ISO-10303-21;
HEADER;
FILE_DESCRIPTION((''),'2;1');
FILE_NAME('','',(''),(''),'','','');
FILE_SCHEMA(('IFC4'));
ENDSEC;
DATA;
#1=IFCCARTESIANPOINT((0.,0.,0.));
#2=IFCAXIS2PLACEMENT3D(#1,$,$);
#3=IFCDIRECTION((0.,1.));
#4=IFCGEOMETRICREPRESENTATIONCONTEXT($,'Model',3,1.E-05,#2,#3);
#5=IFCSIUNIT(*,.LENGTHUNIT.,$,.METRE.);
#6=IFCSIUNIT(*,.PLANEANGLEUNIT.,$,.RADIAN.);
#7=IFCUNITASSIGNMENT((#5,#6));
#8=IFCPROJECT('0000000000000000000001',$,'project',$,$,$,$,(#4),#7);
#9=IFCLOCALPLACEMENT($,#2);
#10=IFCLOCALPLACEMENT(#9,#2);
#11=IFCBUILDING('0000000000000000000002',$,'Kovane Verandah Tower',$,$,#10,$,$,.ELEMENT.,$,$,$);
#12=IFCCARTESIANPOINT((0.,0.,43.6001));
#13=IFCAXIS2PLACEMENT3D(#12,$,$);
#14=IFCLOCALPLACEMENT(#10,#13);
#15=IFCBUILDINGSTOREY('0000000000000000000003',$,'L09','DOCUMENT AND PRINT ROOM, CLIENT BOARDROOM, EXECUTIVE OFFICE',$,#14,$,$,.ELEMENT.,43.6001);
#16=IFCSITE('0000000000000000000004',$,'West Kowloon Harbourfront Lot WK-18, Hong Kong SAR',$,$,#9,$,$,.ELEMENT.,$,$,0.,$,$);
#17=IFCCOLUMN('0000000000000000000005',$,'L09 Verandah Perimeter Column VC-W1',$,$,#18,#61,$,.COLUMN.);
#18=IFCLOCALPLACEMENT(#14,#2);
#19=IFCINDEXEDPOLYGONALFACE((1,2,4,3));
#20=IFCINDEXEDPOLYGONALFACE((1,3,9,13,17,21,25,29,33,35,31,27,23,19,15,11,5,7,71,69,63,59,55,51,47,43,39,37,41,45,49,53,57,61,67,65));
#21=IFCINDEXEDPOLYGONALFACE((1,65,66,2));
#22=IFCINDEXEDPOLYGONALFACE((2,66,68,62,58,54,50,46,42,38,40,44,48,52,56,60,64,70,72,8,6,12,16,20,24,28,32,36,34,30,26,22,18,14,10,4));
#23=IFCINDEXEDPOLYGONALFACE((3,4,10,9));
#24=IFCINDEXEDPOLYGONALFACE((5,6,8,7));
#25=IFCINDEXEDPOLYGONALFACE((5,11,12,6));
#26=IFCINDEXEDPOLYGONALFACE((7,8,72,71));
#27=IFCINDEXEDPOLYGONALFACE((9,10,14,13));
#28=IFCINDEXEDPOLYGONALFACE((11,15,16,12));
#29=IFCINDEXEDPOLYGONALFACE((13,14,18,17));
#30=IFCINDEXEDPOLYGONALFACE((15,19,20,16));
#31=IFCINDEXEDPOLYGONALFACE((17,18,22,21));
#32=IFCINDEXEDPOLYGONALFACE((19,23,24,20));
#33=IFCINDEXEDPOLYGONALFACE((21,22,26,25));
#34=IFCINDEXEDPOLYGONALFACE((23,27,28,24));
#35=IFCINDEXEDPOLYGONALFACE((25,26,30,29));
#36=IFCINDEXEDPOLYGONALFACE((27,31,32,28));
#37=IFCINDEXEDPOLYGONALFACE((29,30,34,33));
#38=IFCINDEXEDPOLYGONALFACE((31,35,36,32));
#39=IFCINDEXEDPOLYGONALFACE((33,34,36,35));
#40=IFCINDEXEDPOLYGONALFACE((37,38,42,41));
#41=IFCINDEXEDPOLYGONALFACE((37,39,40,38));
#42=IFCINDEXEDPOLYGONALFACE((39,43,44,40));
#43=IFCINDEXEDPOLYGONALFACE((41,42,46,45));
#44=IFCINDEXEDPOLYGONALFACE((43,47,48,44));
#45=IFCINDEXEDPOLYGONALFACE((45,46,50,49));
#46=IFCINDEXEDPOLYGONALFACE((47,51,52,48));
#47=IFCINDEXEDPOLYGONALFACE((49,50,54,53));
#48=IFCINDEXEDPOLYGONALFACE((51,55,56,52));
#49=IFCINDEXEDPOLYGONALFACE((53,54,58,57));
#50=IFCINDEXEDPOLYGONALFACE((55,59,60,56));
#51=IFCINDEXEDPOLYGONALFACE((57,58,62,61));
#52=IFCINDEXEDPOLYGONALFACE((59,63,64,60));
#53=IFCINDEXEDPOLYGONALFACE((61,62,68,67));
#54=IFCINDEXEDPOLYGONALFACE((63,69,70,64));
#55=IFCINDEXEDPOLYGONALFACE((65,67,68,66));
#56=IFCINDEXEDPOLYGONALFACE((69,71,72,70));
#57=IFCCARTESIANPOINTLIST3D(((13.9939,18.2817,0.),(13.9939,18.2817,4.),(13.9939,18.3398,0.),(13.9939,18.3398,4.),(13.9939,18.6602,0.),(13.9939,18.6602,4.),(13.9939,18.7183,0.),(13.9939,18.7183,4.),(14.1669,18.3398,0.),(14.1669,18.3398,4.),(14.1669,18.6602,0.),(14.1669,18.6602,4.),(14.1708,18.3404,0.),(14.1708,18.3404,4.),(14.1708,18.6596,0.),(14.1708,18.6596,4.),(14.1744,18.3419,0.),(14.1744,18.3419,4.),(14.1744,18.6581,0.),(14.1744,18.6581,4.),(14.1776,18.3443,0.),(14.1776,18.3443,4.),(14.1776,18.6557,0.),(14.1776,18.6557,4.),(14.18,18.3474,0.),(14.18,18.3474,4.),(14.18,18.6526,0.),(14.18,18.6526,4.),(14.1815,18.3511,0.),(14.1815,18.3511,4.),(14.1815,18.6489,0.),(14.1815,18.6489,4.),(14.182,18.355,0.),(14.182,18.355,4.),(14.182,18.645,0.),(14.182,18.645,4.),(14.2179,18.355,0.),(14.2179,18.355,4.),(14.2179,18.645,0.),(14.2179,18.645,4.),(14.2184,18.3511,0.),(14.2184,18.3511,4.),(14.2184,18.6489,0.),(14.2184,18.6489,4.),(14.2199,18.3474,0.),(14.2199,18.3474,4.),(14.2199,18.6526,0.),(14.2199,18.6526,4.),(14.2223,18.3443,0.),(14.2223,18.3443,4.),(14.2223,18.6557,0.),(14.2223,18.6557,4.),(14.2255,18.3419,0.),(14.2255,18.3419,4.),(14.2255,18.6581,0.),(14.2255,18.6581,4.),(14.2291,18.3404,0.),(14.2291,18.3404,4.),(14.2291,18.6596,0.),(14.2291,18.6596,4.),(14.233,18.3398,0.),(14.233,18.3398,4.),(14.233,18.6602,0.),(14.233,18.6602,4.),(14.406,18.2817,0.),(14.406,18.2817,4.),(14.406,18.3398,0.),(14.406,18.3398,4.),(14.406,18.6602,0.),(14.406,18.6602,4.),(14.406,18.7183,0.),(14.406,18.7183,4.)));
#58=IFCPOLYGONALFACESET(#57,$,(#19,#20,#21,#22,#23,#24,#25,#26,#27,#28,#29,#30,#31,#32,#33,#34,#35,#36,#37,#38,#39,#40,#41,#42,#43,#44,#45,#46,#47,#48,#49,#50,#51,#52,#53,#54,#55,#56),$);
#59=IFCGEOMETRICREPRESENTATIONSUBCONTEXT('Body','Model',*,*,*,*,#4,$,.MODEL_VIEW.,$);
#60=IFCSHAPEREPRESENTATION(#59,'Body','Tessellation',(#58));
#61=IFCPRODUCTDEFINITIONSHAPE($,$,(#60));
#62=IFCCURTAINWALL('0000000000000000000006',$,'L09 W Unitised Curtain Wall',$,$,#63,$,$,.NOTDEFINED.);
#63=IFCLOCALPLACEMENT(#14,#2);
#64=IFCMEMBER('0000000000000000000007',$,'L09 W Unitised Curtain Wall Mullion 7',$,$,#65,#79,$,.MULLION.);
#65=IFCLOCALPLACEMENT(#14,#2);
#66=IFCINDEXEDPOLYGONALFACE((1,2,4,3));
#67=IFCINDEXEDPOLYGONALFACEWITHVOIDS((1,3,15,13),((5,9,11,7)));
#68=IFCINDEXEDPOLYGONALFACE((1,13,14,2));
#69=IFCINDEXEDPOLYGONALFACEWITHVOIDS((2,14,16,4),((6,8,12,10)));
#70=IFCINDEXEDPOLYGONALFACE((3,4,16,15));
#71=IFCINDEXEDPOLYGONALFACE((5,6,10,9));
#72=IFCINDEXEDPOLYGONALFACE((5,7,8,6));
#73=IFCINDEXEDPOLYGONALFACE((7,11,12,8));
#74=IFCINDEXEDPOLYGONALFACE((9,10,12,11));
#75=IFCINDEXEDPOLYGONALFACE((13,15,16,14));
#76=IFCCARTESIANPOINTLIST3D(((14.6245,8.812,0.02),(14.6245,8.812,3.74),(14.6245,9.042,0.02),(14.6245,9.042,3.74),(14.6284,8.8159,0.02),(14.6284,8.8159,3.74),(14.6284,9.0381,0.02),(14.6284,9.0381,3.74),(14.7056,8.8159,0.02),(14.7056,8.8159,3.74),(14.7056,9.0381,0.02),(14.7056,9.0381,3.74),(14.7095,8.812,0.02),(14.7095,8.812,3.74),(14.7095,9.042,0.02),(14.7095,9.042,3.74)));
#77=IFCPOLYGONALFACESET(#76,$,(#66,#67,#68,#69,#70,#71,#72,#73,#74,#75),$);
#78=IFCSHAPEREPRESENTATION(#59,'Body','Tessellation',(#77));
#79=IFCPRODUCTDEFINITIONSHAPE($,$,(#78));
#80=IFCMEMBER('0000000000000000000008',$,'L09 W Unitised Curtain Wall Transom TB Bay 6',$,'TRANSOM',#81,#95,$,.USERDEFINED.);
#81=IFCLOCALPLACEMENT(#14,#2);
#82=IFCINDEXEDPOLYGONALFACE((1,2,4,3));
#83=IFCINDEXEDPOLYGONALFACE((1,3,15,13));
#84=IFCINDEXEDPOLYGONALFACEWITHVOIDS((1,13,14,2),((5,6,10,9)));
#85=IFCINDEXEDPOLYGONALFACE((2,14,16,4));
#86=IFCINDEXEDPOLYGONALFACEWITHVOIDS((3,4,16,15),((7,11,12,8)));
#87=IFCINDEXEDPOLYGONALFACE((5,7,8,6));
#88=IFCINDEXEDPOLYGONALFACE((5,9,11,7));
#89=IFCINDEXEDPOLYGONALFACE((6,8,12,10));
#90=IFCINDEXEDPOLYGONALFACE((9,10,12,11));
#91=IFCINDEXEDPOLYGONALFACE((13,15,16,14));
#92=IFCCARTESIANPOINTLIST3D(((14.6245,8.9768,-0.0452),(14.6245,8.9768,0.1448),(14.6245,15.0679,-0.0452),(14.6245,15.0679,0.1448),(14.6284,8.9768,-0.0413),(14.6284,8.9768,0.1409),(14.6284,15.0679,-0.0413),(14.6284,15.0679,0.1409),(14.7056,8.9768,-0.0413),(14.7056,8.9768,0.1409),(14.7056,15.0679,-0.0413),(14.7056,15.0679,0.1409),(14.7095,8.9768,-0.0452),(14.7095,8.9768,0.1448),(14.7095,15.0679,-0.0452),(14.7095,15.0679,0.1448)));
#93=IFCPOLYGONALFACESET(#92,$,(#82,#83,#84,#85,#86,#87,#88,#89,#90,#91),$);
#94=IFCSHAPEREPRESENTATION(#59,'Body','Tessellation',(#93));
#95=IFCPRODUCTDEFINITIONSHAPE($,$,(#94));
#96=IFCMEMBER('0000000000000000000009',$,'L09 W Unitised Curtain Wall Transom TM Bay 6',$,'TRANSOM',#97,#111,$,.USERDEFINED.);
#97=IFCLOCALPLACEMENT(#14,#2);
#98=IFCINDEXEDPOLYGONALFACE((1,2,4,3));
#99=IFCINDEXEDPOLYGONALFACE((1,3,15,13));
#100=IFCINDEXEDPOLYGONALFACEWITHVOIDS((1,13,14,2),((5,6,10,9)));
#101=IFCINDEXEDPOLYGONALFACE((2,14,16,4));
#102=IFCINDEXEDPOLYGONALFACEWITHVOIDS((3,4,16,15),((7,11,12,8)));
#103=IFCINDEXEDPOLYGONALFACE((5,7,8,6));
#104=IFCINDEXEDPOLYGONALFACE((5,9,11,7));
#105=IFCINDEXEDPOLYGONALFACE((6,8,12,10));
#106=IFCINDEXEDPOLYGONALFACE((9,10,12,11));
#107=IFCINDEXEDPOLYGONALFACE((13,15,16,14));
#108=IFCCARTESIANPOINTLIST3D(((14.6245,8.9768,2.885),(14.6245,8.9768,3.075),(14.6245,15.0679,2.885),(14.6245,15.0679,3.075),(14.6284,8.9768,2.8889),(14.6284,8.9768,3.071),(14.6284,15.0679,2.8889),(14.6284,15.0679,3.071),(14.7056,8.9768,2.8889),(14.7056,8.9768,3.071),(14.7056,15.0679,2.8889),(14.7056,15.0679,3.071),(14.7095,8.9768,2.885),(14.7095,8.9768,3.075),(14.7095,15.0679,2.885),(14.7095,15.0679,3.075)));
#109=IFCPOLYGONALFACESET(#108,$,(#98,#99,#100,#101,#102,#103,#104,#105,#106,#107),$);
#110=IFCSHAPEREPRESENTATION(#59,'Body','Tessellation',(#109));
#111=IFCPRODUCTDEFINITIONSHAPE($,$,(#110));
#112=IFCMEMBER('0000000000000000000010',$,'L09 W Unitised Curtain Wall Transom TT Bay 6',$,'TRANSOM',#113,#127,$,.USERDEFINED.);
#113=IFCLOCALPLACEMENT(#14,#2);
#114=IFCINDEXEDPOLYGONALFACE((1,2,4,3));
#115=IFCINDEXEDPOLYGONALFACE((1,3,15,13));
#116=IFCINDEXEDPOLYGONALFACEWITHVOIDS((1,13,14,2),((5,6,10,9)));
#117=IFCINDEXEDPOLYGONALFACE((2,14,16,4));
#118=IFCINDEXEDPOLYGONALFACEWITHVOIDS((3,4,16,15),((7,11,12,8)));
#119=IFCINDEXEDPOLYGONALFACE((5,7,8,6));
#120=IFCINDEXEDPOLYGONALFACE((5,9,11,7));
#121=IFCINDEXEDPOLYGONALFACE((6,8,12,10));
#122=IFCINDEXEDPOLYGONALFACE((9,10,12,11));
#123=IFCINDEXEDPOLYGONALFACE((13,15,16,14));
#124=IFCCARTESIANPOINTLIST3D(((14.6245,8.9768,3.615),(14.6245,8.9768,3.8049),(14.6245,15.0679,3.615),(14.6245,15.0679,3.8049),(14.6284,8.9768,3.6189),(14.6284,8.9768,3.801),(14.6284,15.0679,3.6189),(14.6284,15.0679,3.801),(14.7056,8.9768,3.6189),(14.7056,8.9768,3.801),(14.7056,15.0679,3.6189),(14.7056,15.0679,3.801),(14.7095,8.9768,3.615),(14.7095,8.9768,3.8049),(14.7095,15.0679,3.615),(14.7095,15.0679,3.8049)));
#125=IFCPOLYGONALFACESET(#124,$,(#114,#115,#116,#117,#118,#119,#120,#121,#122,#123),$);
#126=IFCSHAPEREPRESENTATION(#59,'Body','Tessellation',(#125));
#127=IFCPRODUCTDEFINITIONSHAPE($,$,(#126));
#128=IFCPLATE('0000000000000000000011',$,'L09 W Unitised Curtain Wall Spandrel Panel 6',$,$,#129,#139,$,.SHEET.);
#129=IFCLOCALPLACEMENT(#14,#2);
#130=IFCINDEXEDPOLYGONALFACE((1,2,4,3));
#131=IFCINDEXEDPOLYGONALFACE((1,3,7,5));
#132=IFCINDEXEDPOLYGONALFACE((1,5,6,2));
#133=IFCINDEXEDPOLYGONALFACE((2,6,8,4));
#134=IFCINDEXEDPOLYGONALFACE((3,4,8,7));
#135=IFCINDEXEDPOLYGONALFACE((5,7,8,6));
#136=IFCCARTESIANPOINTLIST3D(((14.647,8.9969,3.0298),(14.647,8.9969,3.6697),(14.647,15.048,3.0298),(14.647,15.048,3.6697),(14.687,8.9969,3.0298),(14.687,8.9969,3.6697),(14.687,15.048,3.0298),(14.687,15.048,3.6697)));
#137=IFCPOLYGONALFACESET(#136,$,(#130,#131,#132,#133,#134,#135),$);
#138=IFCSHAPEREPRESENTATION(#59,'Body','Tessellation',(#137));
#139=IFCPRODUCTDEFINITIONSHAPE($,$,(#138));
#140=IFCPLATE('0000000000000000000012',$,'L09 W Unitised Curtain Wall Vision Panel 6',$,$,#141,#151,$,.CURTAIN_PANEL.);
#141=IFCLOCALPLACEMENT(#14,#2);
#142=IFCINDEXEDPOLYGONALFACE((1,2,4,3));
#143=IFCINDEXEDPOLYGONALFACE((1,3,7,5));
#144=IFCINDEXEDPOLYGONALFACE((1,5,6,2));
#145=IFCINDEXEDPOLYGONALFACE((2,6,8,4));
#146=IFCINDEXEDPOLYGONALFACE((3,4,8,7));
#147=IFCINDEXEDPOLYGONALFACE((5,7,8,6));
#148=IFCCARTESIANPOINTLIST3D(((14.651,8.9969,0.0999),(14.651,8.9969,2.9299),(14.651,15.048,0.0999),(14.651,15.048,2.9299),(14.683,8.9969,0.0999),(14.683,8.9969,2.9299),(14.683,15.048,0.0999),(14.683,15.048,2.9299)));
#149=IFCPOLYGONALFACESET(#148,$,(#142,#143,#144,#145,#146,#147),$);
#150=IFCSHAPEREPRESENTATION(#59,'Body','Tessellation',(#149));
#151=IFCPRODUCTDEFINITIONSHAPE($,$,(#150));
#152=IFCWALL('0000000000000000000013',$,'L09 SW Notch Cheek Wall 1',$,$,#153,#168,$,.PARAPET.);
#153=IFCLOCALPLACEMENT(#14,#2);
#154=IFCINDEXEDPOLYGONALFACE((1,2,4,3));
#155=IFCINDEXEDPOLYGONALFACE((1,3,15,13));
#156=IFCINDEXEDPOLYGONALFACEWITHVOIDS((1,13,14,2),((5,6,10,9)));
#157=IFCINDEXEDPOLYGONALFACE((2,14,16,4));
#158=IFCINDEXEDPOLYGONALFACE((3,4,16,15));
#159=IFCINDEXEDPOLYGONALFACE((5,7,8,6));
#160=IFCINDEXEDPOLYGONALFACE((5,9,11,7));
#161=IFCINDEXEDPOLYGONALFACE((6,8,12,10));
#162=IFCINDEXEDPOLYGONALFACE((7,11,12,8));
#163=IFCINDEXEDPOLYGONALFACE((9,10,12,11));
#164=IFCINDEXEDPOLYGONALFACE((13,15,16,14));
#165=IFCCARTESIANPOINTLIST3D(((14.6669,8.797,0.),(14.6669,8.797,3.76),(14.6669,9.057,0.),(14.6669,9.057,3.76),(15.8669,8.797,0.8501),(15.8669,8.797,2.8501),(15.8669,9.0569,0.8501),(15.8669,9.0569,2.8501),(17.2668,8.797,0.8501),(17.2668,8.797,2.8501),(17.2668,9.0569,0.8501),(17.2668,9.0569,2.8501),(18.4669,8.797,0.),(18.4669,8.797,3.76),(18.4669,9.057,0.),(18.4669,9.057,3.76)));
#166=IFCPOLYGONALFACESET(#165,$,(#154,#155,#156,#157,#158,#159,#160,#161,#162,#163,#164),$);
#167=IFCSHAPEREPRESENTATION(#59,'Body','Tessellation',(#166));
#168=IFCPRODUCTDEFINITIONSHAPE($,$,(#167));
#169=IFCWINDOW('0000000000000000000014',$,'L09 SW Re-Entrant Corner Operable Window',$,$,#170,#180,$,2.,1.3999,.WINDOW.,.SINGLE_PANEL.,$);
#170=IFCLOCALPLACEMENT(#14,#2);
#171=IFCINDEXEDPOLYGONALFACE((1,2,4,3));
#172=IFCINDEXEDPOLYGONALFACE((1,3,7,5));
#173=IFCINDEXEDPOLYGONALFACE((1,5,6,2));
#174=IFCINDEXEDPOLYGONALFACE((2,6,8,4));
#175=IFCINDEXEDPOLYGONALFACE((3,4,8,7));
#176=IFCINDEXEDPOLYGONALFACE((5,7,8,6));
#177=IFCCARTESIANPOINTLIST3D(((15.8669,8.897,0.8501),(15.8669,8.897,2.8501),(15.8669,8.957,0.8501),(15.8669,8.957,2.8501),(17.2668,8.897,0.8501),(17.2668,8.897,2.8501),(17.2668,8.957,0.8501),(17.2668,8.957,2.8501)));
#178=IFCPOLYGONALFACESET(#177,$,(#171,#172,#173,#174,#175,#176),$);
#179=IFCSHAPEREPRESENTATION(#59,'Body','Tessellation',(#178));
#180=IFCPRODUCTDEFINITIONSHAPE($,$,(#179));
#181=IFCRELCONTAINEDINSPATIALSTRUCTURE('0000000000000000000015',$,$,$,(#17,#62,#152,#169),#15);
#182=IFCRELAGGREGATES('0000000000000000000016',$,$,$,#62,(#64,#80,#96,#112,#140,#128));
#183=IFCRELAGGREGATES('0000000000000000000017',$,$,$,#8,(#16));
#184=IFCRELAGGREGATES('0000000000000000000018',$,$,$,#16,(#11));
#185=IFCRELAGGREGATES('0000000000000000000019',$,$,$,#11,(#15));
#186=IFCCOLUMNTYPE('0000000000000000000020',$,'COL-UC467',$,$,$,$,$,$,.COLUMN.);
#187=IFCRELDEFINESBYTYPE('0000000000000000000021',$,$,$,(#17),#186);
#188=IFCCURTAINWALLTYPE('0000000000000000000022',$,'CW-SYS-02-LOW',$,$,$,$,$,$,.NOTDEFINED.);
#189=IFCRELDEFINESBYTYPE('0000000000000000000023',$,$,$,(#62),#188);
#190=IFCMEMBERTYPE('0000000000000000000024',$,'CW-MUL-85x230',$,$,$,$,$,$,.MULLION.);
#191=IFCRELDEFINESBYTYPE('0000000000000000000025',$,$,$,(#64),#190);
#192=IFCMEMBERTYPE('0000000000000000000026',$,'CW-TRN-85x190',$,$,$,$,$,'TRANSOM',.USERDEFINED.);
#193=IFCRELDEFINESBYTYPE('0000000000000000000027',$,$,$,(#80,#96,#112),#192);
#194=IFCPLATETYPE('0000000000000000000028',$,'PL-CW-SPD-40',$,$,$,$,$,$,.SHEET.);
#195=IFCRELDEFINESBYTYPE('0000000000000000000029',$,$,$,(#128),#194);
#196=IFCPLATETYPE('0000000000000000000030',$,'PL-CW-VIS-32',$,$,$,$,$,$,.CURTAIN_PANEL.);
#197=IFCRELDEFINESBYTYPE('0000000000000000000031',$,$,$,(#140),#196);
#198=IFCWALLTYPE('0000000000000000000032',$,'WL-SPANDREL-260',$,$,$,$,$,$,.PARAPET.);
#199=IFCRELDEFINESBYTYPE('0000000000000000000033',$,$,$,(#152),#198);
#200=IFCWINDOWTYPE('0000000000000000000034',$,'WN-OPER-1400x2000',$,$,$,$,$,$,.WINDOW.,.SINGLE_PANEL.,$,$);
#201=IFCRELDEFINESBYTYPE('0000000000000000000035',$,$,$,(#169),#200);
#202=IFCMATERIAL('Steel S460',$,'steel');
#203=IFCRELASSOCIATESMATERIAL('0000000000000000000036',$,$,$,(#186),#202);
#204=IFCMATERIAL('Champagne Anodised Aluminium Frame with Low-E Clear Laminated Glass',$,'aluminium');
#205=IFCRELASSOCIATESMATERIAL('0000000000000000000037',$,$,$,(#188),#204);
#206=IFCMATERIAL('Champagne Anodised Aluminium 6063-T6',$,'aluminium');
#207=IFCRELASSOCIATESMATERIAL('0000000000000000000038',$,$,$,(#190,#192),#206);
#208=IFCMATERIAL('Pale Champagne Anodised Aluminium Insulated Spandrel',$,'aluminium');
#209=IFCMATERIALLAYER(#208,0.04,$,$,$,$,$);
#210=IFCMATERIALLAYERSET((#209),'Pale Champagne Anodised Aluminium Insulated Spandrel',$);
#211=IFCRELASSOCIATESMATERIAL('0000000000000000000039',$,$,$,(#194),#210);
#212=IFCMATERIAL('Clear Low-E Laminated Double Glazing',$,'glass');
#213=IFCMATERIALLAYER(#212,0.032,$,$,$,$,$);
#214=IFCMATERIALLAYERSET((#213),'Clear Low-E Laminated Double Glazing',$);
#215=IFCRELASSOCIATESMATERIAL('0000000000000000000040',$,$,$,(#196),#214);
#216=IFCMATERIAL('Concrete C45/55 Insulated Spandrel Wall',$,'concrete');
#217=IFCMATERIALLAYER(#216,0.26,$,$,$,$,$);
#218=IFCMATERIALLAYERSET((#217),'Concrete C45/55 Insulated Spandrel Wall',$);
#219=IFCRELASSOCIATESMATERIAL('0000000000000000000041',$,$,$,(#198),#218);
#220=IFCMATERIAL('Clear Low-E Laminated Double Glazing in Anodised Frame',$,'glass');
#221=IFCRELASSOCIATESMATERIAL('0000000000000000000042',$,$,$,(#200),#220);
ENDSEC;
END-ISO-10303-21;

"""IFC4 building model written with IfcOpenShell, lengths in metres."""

from ifc_helpers import new_model, si_unit, direction, frame, frame_2d, origin, origin_2d, place, context, subcontext, project, spatial, rectangle, hollow_rectangle, i_section, extrude, material, layer, layer_set, material_profile, profile_set, type_object, element, fill, aggregate, save


model = new_model("IFC4")

# Units and contexts
model_context = context("Model", 3, precision=1e-05, world=origin(), true_north=direction((0.0, 1.0)))
body_context = subcontext(model_context, "Body", "Model", "MODEL_VIEW")
ifc_project = project(units=[si_unit("LENGTHUNIT", "METRE"), si_unit("PLANEANGLEUNIT", "RADIAN")], contexts=[model_context])

# Site, building, storey
site_placement = place(None, origin())
site = spatial("IfcSite", under=ifc_project, at=site_placement, Name="West Kowloon Harbourfront Lot WK-18, Hong Kong SAR", CompositionType="ELEMENT", RefElevation=0.0)
building_placement = place(site_placement, origin())
building = spatial("IfcBuilding", under=site, at=building_placement, Name="Kovane Verandah Tower", CompositionType="ELEMENT")
storey_placement = place(building_placement, frame((0.0, 0.0, 43.6001)))
storey = spatial("IfcBuildingStorey", under=building, at=storey_placement, Name="L09", Description="DOCUMENT AND PRINT ROOM, CLIENT BOARDROOM, EXECUTIVE OFFICE", CompositionType="ELEMENT", Elevation=43.6001)

# Column
ifc_material_1 = material(Name="Steel S460", Category="steel")
ifc_material_profile_1 = material_profile(ifc_material_1, i_section(OverallWidth=0.4121, OverallDepth=0.4365, WebThickness=0.0359, FlangeThickness=0.0581, FilletRadius=0.0151, at=origin_2d()), Name="UC356x406x467")
ifc_profile_set_1 = profile_set([ifc_material_profile_1], Name="Steel S460")
column_type = type_object("IfcColumnType", Name="COL-UC467", PredefinedType="COLUMN", material=ifc_profile_set_1)
column_placement = place(storey_placement, frame((14.2, 18.5, 0.0), z_axis=(0.0, 0.0, 1.0), x_axis=(1.0, 0.0, 0.0)))
element("IfcColumn", 1, at=column_placement, inside=storey, type_object=column_type, Name="L09 Verandah Perimeter Column VC-W1", PredefinedType="COLUMN", context=body_context, shape_type="SweptSolid", body=[
    extrude(i_section(OverallWidth=0.4121, OverallDepth=0.4365, WebThickness=0.0359, FlangeThickness=0.0581, FilletRadius=0.0151, at=origin_2d()), origin(), (0.0, 0.0, 1.0), 4.0),
])

# Curtain wall, members, plates
ifc_material_2 = material(Name="Champagne Anodised Aluminium Frame with Low-E Clear Laminated Glass", Category="aluminium")
curtain_wall_type = type_object("IfcCurtainWallType", Name="CW-SYS-02-LOW", PredefinedType="NOTDEFINED", material=ifc_material_2)
curtain_wall_placement = place(storey_placement, origin())
curtain_wall = element("IfcCurtainWall", 2, at=curtain_wall_placement, inside=storey, type_object=curtain_wall_type, Name="L09 W Unitised Curtain Wall", PredefinedType="NOTDEFINED")
ifc_material_3 = material(Name="Champagne Anodised Aluminium 6063-T6", Category="aluminium")
ifc_material_profile_2 = material_profile(ifc_material_3, hollow_rectangle(XDim=0.085, YDim=0.23, WallThickness=0.0039, at=origin_2d()), Name="AL85x230x4")
ifc_profile_set_2 = profile_set([ifc_material_profile_2], Name="Champagne Anodised Aluminium 6063-T6")
member_type_1 = type_object("IfcMemberType", Name="CW-MUL-85x230", PredefinedType="MULLION", material=ifc_profile_set_2)
member_1_placement = place(storey_placement, frame((14.667, 8.927, 0.02), z_axis=(0.0, 0.0, 1.0), x_axis=(-1.0, 0.0, 0.0)))
member_1 = element("IfcMember", 3, at=member_1_placement, type_object=member_type_1, Name="L09 W Unitised Curtain Wall Mullion 7", PredefinedType="MULLION", context=body_context, shape_type="SweptSolid", body=[
    extrude(hollow_rectangle(XDim=0.085, YDim=0.23, WallThickness=0.0039, at=origin_2d()), origin(), (0.0, 0.0, 1.0), 3.72),
])
ifc_material_profile_3 = material_profile(ifc_material_3, hollow_rectangle(XDim=0.085, YDim=0.1899, WallThickness=0.0039, at=origin_2d()), Name="AL85x190x4")
ifc_profile_set_3 = profile_set([ifc_material_profile_3], Name="Champagne Anodised Aluminium 6063-T6")
member_type_2 = type_object("IfcMemberType", Name="CW-TRN-85x190", ElementType="TRANSOM", PredefinedType="USERDEFINED", material=ifc_profile_set_3)
member_2_placement = place(storey_placement, frame((14.667, 15.0679, 0.0498), z_axis=(0.0, -1.0, 0.0), x_axis=(1.0, 0.0, 0.0)))
member_2 = element("IfcMember", 4, at=member_2_placement, type_object=member_type_2, Name="L09 W Unitised Curtain Wall Transom TB Bay 6", ObjectType="TRANSOM", PredefinedType="USERDEFINED", context=body_context, shape_type="SweptSolid", body=[
    extrude(hollow_rectangle(XDim=0.085, YDim=0.1899, WallThickness=0.0039, at=origin_2d()), origin(), (0.0, 0.0, 1.0), 6.0911),
])
member_3_placement = place(storey_placement, frame((14.667, 15.0679, 2.98), z_axis=(0.0, -1.0, 0.0), x_axis=(1.0, 0.0, 0.0)))
member_3 = element("IfcMember", 5, at=member_3_placement, type_object=member_type_2, Name="L09 W Unitised Curtain Wall Transom TM Bay 6", ObjectType="TRANSOM", PredefinedType="USERDEFINED", context=body_context, shape_type="SweptSolid", body=[
    extrude(hollow_rectangle(XDim=0.085, YDim=0.1899, WallThickness=0.0039, at=origin_2d()), origin(), (0.0, 0.0, 1.0), 6.0911),
])
member_4_placement = place(storey_placement, frame((14.667, 15.0679, 3.71), z_axis=(0.0, -1.0, 0.0), x_axis=(1.0, 0.0, 0.0)))
member_4 = element("IfcMember", 6, at=member_4_placement, type_object=member_type_2, Name="L09 W Unitised Curtain Wall Transom TT Bay 6", ObjectType="TRANSOM", PredefinedType="USERDEFINED", context=body_context, shape_type="SweptSolid", body=[
    extrude(hollow_rectangle(XDim=0.085, YDim=0.1899, WallThickness=0.0039, at=origin_2d()), origin(), (0.0, 0.0, 1.0), 6.0911),
])
ifc_material_4 = material(Name="Pale Champagne Anodised Aluminium Insulated Spandrel", Category="aluminium")
ifc_layer_1 = layer(ifc_material_4, 0.04)
ifc_layer_set_1 = layer_set([ifc_layer_1], Name="Pale Champagne Anodised Aluminium Insulated Spandrel")
plate_type_1 = type_object("IfcPlateType", Name="PL-CW-SPD-40", PredefinedType="SHEET", material=ifc_layer_set_1)
plate_1_placement = place(storey_placement, frame((14.667, 12.0225, 3.0298), z_axis=(0.0, 0.0, 1.0), x_axis=(0.0, -1.0, 0.0)))
plate_1 = element("IfcPlate", 7, at=plate_1_placement, type_object=plate_type_1, Name="L09 W Unitised Curtain Wall Spandrel Panel 6", PredefinedType="SHEET", context=body_context, shape_type="SweptSolid", body=[
    extrude(rectangle(XDim=6.051, YDim=0.04, at=origin_2d()), origin(), (0.0, 0.0, 1.0), 0.6399),
])
ifc_material_5 = material(Name="Clear Low-E Laminated Double Glazing", Category="glass")
ifc_layer_2 = layer(ifc_material_5, 0.032)
ifc_layer_set_2 = layer_set([ifc_layer_2], Name="Clear Low-E Laminated Double Glazing")
plate_type_2 = type_object("IfcPlateType", Name="PL-CW-VIS-32", PredefinedType="CURTAIN_PANEL", material=ifc_layer_set_2)
plate_2_placement = place(storey_placement, frame((14.667, 12.0225, 0.0999), z_axis=(0.0, 0.0, 1.0), x_axis=(0.0, -1.0, 0.0)))
plate_2 = element("IfcPlate", 8, at=plate_2_placement, type_object=plate_type_2, Name="L09 W Unitised Curtain Wall Vision Panel 6", PredefinedType="CURTAIN_PANEL", context=body_context, shape_type="SweptSolid", body=[
    extrude(rectangle(XDim=6.051, YDim=0.032, at=origin_2d()), origin(), (0.0, 0.0, 1.0), 2.8301),
])
aggregate(curtain_wall, [member_1, member_2, member_3, member_4, plate_2, plate_1])

# Wall, opening, window
ifc_material_6 = material(Name="Concrete C45/55 Insulated Spandrel Wall", Category="concrete")
ifc_layer_3 = layer(ifc_material_6, 0.26)
ifc_layer_set_3 = layer_set([ifc_layer_3], Name="Concrete C45/55 Insulated Spandrel Wall")
wall_type = type_object("IfcWallType", Name="WL-SPANDREL-260", PredefinedType="PARAPET", material=ifc_layer_set_3)
wall_placement = place(storey_placement, frame((14.667, 8.927, 0.0), z_axis=(0.0, 0.0, 1.0), x_axis=(1.0, 0.0, 0.0)))
wall = element("IfcWall", 9, at=wall_placement, inside=storey, type_object=wall_type, Name="L09 SW Notch Cheek Wall 1", PredefinedType="PARAPET", context=body_context, shape_type="SweptSolid", body=[
    extrude(rectangle(XDim=3.8, YDim=0.26, at=frame_2d((1.8999, 0.0))), origin(), (0.0, 0.0, 1.0), 3.76),
])
opening_placement = place(wall_placement, frame((1.2, 0.0, 0.8501)))
opening = element("IfcOpeningElement", 10, at=opening_placement, cuts=wall, PredefinedType="OPENING", context=body_context, shape_type="SweptSolid", body=[
    extrude(rectangle(XDim=1.3999, YDim=2.0, at=frame_2d((0.7, 1.0))), frame((0.0, 0.1299, 0.0), z_axis=(0.0, -1.0, 0.0), x_axis=(1.0, 0.0, 0.0)), (0.0, 0.0, 1.0), 0.26),
])
ifc_material_7 = material(Name="Clear Low-E Laminated Double Glazing in Anodised Frame", Category="glass")
window_type = type_object("IfcWindowType", Name="WN-OPER-1400x2000", PartitioningType="SINGLE_PANEL", PredefinedType="WINDOW", material=ifc_material_7)
window_placement = place(opening_placement, origin())
window = element("IfcWindow", 11, at=window_placement, inside=storey, type_object=window_type, Name="L09 SW Re-Entrant Corner Operable Window", OverallHeight=2.0, OverallWidth=1.3999, PartitioningType="SINGLE_PANEL", PredefinedType="WINDOW", context=body_context, shape_type="SweptSolid", body=[
    extrude(rectangle(XDim=1.3999, YDim=2.0, at=frame_2d((0.7, 1.0))), frame((0.0, 0.03, 0.0), z_axis=(0.0, -1.0, 0.0), x_axis=(1.0, 0.0, 0.0)), (0.0, 0.0, 1.0), 0.0601),
])
fill(opening, window)

save(model, "model.ifc")
